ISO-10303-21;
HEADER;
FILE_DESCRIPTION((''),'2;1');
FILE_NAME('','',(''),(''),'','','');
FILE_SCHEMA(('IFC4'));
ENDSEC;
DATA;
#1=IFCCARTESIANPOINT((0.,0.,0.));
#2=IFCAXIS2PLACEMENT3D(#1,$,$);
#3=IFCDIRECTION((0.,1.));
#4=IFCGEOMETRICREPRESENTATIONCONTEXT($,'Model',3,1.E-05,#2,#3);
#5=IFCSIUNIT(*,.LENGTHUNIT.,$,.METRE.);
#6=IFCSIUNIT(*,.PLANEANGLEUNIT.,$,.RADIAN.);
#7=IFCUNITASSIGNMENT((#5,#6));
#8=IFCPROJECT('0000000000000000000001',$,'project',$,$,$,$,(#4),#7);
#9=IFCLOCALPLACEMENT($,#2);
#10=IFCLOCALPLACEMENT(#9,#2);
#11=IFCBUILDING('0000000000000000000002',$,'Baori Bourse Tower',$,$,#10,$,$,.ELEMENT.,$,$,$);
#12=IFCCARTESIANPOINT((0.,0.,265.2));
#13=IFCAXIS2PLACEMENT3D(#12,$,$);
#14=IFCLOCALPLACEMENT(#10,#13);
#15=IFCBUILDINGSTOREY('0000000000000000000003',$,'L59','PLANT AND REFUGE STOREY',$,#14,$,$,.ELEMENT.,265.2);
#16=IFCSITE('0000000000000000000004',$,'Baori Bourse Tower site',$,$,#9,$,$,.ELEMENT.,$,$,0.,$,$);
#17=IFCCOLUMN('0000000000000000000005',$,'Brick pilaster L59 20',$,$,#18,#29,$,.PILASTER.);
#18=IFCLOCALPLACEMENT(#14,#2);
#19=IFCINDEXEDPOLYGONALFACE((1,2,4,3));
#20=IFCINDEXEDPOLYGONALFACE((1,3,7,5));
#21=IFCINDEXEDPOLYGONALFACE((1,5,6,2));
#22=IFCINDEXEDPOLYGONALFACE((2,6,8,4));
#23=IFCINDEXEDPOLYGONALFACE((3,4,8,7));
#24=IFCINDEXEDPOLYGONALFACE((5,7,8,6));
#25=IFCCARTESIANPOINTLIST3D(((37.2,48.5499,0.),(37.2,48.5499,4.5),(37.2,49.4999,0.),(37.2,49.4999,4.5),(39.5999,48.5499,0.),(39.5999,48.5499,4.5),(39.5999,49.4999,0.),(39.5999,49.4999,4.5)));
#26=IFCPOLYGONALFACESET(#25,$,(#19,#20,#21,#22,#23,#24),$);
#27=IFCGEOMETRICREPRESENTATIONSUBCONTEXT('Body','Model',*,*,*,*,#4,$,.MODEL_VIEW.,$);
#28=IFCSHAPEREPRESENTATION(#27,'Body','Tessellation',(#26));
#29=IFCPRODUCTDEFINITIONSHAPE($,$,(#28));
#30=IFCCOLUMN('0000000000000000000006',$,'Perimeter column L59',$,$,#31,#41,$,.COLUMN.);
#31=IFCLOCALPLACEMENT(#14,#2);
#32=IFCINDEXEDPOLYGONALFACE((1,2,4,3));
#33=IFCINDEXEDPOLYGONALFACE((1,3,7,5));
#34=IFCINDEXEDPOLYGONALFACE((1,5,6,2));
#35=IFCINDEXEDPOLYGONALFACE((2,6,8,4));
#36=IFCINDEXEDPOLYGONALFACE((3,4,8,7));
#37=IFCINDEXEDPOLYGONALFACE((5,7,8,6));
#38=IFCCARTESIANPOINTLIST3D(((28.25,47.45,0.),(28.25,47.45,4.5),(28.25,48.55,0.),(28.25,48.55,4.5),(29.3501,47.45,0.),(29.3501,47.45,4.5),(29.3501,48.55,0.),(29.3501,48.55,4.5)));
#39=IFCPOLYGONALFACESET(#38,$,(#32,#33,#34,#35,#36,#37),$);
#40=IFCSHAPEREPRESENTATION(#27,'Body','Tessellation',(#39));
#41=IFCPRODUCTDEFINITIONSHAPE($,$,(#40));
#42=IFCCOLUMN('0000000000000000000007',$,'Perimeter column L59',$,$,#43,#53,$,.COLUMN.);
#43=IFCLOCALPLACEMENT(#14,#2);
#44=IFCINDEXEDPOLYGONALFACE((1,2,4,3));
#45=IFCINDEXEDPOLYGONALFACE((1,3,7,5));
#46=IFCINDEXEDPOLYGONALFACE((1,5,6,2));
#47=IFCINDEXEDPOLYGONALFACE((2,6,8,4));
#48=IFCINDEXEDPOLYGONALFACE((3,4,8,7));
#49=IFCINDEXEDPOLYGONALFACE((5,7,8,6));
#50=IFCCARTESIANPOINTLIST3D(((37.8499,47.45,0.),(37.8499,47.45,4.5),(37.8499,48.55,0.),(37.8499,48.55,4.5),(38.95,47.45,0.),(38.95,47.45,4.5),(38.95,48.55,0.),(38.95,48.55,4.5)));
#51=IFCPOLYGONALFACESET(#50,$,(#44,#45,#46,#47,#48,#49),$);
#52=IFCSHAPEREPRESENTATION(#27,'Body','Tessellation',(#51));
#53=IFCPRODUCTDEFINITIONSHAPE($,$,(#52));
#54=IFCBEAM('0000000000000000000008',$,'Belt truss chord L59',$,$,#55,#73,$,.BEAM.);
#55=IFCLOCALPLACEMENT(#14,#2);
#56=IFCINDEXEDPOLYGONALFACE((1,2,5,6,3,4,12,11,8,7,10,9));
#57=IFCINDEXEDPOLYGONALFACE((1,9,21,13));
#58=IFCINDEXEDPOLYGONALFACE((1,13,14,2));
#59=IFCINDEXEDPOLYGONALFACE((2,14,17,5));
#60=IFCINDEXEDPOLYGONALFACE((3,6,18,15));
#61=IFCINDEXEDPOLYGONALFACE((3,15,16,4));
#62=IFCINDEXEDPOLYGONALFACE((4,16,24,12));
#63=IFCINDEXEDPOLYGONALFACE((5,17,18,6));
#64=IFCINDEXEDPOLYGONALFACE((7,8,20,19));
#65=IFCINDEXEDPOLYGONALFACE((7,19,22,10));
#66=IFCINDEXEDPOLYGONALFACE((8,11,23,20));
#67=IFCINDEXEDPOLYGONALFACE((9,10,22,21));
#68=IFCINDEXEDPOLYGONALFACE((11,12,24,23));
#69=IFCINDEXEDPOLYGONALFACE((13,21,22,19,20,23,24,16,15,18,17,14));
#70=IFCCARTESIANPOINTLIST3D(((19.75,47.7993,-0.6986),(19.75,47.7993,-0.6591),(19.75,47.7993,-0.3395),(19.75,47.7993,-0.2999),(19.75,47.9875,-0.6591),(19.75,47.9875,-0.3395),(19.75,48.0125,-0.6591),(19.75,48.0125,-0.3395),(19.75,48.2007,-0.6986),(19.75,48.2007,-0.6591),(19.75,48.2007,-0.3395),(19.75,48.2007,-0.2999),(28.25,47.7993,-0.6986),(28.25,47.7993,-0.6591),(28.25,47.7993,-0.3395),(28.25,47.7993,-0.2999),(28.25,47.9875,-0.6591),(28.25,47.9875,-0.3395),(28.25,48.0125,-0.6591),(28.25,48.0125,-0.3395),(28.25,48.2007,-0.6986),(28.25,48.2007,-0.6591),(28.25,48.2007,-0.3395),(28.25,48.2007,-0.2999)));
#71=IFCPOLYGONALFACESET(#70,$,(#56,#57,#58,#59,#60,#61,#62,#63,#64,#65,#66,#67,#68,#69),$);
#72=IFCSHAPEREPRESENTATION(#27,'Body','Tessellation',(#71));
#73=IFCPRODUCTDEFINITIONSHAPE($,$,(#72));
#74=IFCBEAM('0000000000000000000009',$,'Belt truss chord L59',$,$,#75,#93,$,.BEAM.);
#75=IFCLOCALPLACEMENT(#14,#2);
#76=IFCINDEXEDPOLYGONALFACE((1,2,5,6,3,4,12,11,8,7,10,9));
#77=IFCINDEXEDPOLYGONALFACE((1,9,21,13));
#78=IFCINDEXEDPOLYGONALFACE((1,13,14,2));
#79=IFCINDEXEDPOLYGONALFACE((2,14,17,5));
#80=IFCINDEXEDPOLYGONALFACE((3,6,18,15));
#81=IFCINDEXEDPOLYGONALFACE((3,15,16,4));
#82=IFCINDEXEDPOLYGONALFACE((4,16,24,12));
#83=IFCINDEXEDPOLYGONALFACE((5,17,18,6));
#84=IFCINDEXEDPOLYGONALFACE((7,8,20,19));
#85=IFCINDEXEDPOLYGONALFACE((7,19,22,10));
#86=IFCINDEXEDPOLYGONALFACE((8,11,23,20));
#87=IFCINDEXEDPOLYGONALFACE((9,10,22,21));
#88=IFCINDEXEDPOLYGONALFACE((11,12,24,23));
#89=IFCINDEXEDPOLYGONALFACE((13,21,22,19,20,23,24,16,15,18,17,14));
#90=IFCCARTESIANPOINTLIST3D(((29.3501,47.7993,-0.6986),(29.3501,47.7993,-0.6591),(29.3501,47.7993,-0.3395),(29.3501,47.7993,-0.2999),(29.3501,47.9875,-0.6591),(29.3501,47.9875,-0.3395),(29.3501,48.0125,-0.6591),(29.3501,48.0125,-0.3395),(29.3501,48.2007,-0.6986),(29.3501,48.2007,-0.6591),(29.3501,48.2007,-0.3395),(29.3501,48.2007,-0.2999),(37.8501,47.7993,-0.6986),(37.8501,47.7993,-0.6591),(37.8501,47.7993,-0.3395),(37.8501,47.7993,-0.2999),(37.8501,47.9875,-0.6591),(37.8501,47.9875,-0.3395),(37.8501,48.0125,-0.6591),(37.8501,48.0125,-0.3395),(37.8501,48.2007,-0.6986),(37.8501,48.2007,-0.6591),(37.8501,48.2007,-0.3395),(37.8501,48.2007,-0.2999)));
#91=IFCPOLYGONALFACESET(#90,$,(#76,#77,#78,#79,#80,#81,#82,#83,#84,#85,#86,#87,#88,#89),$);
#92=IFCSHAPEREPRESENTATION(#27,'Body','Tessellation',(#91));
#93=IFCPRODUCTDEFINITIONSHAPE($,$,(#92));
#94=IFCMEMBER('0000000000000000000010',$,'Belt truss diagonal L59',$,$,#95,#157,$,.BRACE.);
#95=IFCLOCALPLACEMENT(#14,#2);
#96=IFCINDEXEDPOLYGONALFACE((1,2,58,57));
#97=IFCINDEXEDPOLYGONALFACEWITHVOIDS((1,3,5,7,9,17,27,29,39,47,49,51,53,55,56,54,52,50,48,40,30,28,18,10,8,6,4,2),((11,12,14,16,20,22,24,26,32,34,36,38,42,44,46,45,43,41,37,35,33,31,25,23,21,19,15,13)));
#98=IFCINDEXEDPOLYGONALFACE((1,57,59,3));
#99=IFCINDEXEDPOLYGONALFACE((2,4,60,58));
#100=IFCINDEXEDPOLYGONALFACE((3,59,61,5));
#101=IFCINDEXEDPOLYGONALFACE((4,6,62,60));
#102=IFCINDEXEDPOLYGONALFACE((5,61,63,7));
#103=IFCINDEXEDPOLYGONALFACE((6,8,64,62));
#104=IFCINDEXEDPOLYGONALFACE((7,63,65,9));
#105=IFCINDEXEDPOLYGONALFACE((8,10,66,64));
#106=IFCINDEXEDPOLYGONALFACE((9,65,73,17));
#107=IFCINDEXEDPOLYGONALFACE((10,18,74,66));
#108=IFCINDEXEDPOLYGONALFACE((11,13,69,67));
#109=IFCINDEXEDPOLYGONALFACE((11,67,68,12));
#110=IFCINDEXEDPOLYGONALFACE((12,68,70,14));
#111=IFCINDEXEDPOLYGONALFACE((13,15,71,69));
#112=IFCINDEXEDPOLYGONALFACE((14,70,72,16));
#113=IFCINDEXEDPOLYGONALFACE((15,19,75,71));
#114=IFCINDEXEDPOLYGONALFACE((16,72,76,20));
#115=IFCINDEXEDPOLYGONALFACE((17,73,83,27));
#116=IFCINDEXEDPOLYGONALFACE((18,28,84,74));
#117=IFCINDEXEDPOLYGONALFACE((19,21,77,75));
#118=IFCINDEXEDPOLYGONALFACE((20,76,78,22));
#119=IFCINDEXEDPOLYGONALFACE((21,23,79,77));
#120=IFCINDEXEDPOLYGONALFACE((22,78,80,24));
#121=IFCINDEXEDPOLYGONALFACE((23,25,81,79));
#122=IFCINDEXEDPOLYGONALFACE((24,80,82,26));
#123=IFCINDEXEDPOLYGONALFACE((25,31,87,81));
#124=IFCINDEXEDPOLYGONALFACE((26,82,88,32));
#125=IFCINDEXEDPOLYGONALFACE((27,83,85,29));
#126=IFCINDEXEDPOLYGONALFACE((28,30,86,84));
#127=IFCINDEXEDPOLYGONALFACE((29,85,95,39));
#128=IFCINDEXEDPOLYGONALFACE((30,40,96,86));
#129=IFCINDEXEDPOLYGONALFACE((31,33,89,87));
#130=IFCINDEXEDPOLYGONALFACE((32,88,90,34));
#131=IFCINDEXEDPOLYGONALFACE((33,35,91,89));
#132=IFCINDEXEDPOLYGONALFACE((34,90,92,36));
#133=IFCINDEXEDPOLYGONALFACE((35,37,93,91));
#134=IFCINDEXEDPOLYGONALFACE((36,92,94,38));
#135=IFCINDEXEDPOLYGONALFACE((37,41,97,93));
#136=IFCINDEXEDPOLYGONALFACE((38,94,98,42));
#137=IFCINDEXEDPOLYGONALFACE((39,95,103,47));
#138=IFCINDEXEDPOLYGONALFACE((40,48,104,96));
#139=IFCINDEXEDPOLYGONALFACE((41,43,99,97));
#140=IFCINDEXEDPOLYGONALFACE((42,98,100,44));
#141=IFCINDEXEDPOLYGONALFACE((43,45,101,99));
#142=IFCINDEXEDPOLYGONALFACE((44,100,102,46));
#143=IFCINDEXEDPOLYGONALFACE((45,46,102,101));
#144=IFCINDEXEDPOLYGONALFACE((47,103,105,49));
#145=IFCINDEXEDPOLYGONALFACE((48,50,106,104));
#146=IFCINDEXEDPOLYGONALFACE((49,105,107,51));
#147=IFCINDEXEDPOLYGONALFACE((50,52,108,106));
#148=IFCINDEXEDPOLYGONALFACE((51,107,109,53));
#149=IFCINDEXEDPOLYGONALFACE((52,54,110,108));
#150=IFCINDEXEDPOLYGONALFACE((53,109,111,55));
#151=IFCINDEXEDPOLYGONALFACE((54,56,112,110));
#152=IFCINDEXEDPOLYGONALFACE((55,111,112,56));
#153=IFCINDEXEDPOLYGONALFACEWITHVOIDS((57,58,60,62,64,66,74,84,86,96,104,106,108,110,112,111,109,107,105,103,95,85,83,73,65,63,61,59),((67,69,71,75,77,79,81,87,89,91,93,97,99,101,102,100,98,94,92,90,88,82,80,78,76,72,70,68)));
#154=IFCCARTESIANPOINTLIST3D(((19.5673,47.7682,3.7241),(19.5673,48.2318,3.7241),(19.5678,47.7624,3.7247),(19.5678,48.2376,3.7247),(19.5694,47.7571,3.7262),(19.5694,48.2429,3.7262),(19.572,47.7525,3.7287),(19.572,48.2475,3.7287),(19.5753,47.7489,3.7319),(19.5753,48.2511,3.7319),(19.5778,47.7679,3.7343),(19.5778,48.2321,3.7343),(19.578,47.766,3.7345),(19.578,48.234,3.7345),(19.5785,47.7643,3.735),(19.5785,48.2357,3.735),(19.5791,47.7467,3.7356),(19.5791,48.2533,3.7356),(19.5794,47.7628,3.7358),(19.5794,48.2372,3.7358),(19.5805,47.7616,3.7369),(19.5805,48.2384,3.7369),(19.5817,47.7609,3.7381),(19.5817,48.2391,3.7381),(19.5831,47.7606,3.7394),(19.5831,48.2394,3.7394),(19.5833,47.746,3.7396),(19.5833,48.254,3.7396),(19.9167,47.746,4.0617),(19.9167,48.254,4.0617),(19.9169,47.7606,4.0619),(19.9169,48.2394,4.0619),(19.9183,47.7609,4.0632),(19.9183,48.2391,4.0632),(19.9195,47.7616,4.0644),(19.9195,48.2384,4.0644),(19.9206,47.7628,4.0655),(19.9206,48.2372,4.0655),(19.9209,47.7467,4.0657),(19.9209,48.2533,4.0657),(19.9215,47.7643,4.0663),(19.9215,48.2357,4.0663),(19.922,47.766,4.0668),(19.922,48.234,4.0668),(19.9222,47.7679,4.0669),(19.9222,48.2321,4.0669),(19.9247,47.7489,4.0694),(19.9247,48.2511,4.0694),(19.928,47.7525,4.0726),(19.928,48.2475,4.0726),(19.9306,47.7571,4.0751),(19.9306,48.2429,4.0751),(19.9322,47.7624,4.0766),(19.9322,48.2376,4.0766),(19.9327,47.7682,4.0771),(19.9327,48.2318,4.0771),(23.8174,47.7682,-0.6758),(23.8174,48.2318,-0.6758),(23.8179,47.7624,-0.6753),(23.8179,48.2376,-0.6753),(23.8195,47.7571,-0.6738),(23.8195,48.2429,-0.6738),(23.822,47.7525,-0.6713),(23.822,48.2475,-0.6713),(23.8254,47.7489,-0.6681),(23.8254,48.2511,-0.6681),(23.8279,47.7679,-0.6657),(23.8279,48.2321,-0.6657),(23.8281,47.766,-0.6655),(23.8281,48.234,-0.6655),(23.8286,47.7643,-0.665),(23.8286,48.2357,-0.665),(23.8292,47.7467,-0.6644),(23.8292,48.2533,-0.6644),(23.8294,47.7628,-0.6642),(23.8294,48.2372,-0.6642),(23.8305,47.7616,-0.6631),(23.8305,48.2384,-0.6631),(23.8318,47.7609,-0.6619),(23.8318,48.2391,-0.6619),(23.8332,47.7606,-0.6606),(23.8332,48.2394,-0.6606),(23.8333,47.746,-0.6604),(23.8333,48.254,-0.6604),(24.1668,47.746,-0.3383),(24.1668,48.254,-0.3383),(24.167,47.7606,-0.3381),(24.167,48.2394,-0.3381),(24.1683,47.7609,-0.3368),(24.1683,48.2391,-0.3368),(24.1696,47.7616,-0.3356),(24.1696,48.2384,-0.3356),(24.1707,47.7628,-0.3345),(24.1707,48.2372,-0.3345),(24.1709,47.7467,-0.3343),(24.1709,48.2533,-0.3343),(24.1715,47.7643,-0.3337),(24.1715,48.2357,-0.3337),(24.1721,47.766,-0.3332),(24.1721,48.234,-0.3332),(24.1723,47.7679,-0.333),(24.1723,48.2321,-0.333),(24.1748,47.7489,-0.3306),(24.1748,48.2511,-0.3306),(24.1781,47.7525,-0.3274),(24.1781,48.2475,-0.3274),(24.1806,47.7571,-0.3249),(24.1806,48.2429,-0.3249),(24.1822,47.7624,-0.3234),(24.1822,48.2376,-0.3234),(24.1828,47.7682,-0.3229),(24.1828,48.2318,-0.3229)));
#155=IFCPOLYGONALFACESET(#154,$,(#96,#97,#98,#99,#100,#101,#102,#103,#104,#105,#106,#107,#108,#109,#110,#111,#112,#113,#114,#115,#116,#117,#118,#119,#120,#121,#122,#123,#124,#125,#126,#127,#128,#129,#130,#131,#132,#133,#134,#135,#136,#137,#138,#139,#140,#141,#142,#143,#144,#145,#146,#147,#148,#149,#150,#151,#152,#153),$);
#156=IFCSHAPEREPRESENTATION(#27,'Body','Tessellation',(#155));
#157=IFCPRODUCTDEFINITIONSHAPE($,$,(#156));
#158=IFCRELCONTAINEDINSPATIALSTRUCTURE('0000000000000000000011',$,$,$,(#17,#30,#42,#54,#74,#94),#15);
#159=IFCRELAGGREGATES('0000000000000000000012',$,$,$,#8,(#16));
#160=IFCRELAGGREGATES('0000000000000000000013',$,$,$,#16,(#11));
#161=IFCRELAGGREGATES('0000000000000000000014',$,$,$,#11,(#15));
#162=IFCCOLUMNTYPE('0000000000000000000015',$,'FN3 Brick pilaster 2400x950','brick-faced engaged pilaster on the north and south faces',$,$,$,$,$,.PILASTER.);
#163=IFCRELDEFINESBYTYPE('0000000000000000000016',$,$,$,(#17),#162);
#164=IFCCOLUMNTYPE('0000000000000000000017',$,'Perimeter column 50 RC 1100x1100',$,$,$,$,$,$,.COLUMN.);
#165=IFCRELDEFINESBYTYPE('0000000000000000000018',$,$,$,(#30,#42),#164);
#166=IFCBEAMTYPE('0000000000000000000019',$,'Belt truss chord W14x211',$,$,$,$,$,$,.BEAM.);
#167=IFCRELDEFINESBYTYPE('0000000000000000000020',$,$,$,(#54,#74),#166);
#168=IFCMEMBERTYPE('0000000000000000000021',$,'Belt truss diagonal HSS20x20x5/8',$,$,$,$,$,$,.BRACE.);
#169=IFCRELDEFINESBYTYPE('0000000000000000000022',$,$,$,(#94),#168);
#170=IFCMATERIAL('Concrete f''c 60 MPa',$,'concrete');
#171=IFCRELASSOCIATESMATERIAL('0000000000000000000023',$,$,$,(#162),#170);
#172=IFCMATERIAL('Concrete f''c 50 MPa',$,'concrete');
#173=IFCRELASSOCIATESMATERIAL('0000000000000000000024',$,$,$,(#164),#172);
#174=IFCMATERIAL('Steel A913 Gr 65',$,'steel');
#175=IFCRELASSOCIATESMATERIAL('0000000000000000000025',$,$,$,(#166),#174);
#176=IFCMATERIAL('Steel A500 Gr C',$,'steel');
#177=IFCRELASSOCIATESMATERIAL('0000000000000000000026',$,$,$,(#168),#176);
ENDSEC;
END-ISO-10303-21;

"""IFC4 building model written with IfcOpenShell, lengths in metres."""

from ifc_helpers import new_model, si_unit, direction, frame, origin, origin_2d, place, context, subcontext, project, spatial, rectangle, hollow_rectangle, i_section, extrude, material, material_profile, profile_set, type_object, element, save


model = new_model("IFC4")

# Units and contexts
model_context = context("Model", 3, precision=1e-05, world=origin(), true_north=direction((0.0, 1.0)))
body_context = subcontext(model_context, "Body", "Model", "MODEL_VIEW")
ifc_project = project(units=[si_unit("LENGTHUNIT", "METRE"), si_unit("PLANEANGLEUNIT", "RADIAN")], contexts=[model_context])

# Site, building, storey
site_placement = place(None, origin())
site = spatial("IfcSite", under=ifc_project, at=site_placement, Name="Baori Bourse Tower site", CompositionType="ELEMENT", RefElevation=0.0)
building_placement = place(site_placement, origin())
building = spatial("IfcBuilding", under=site, at=building_placement, Name="Baori Bourse Tower", CompositionType="ELEMENT")
storey_placement = place(building_placement, frame((0.0, 0.0, 265.2)))
storey = spatial("IfcBuildingStorey", under=building, at=storey_placement, Name="L59", Description="PLANT AND REFUGE STOREY", CompositionType="ELEMENT", Elevation=265.2)

# Columns
ifc_material_1 = material(Name="Concrete f'c 60 MPa", Category="concrete")
ifc_material_profile_1 = material_profile(ifc_material_1, rectangle(XDim=2.3999, YDim=0.95, at=origin_2d()), Name="RC 2400x950")
ifc_profile_set_1 = profile_set([ifc_material_profile_1], Name="Concrete f'c 60 MPa")
column_type_1 = type_object("IfcColumnType", Name="FN3 Brick pilaster 2400x950", Description="brick-faced engaged pilaster on the north and south faces", PredefinedType="PILASTER", material=ifc_profile_set_1)
column_placement = place(storey_placement, frame((38.3999, 49.0249, 0.0), z_axis=(0.0, 0.0, 1.0), x_axis=(1.0, 0.0, 0.0)))
element("IfcColumn", 1, at=column_placement, inside=storey, type_object=column_type_1, Name="Brick pilaster L59 20", PredefinedType="PILASTER", context=body_context, shape_type="SweptSolid", body=[
    extrude(rectangle(XDim=2.3999, YDim=0.95, at=origin_2d()), origin(), (0.0, 0.0, 1.0), 4.5),
])
ifc_material_2 = material(Name="Concrete f'c 50 MPa", Category="concrete")
ifc_material_profile_2 = material_profile(ifc_material_2, rectangle(XDim=1.1001, YDim=1.1001, at=origin_2d()), Name="RC 1100x1100")
ifc_profile_set_2 = profile_set([ifc_material_profile_2], Name="Concrete f'c 50 MPa")
column_type_2 = type_object("IfcColumnType", Name="Perimeter column 50 RC 1100x1100", PredefinedType="COLUMN", material=ifc_profile_set_2)
for number, where, z_axis, x_axis, name in (
    (2, (28.8, 48.0, 0.0), (0.0, 0.0, 1.0), (1.0, 0.0, 0.0), "Perimeter column L59"),
    (3, (38.3999, 48.0, 0.0), (0.0, 0.0, 1.0), (1.0, 0.0, 0.0), "Perimeter column L59"),
):
    element("IfcColumn", number, at=place(storey_placement, frame(where, z_axis=z_axis, x_axis=x_axis)), inside=storey, type_object=column_type_2, Name=name, PredefinedType="COLUMN", context=body_context, shape_type="SweptSolid", body=[
        extrude(rectangle(XDim=1.1001, YDim=1.1001, at=origin_2d()), origin(), (0.0, 0.0, 1.0), 4.5),
    ])

# Beams
ifc_material_3 = material(Name="Steel A913 Gr 65", Category="steel")
ifc_material_profile_3 = material_profile(ifc_material_3, i_section(OverallWidth=0.4014, OverallDepth=0.3987, WebThickness=0.0249, FlangeThickness=0.0396, at=origin_2d()), Name="W14x211")
ifc_profile_set_3 = profile_set([ifc_material_profile_3], Name="Steel A913 Gr 65")
beam_type_1 = type_object("IfcBeamType", Name="Belt truss chord W14x211", PredefinedType="BEAM", material=ifc_profile_set_3)
for number, where, z_axis, x_axis, name in (
    (4, (19.75, 48.0, -0.4993), (1.0, 0.0, 0.0), (0.0, 1.0, 0.0), "Belt truss chord L59"),
    (5, (29.3501, 48.0, -0.4993), (1.0, 0.0, 0.0), (0.0, 1.0, 0.0), "Belt truss chord L59"),
):
    element("IfcBeam", number, at=place(storey_placement, frame(where, z_axis=z_axis, x_axis=x_axis)), inside=storey, type_object=beam_type_1, Name=name, PredefinedType="BEAM", context=body_context, shape_type="SweptSolid", body=[
        extrude(i_section(OverallWidth=0.4014, OverallDepth=0.3987, WebThickness=0.0249, FlangeThickness=0.0396, at=origin_2d()), origin(), (0.0, 0.0, 1.0), 8.5),
    ])

# Member
ifc_material_4 = material(Name="Steel A500 Gr C", Category="steel")
ifc_material_profile_4 = material_profile(ifc_material_4, hollow_rectangle(XDim=0.5081, YDim=0.5081, WallThickness=0.0146, InnerFilletRadius=0.0073, OuterFilletRadius=0.0222, at=origin_2d()), Name="HSS20x20x5/8")
ifc_profile_set_4 = profile_set([ifc_material_profile_4], Name="Steel A500 Gr C")
member_type_1 = type_object("IfcMemberType", Name="Belt truss diagonal HSS20x20x5/8", PredefinedType="BRACE", material=ifc_profile_set_4)
for number, where, z_axis, x_axis, name in (
    (6, (19.75, 48.0, 3.9006), (0.694748, 0.0, -0.719253), (0.0, 1.0, 0.0), "Belt truss diagonal L59"),
):
    element("IfcMember", number, at=place(storey_placement, frame(where, z_axis=z_axis, x_axis=x_axis)), inside=storey, type_object=member_type_1, Name=name, PredefinedType="BRACE", context=body_context, shape_type="SweptSolid", body=[
        extrude(hollow_rectangle(XDim=0.5081, YDim=0.5081, WallThickness=0.0146, InnerFilletRadius=0.0073, OuterFilletRadius=0.0222, at=origin_2d()), origin(), (0.0, 0.0, 1.0), 6.1174),
    ])

save(model, "model.ifc")
